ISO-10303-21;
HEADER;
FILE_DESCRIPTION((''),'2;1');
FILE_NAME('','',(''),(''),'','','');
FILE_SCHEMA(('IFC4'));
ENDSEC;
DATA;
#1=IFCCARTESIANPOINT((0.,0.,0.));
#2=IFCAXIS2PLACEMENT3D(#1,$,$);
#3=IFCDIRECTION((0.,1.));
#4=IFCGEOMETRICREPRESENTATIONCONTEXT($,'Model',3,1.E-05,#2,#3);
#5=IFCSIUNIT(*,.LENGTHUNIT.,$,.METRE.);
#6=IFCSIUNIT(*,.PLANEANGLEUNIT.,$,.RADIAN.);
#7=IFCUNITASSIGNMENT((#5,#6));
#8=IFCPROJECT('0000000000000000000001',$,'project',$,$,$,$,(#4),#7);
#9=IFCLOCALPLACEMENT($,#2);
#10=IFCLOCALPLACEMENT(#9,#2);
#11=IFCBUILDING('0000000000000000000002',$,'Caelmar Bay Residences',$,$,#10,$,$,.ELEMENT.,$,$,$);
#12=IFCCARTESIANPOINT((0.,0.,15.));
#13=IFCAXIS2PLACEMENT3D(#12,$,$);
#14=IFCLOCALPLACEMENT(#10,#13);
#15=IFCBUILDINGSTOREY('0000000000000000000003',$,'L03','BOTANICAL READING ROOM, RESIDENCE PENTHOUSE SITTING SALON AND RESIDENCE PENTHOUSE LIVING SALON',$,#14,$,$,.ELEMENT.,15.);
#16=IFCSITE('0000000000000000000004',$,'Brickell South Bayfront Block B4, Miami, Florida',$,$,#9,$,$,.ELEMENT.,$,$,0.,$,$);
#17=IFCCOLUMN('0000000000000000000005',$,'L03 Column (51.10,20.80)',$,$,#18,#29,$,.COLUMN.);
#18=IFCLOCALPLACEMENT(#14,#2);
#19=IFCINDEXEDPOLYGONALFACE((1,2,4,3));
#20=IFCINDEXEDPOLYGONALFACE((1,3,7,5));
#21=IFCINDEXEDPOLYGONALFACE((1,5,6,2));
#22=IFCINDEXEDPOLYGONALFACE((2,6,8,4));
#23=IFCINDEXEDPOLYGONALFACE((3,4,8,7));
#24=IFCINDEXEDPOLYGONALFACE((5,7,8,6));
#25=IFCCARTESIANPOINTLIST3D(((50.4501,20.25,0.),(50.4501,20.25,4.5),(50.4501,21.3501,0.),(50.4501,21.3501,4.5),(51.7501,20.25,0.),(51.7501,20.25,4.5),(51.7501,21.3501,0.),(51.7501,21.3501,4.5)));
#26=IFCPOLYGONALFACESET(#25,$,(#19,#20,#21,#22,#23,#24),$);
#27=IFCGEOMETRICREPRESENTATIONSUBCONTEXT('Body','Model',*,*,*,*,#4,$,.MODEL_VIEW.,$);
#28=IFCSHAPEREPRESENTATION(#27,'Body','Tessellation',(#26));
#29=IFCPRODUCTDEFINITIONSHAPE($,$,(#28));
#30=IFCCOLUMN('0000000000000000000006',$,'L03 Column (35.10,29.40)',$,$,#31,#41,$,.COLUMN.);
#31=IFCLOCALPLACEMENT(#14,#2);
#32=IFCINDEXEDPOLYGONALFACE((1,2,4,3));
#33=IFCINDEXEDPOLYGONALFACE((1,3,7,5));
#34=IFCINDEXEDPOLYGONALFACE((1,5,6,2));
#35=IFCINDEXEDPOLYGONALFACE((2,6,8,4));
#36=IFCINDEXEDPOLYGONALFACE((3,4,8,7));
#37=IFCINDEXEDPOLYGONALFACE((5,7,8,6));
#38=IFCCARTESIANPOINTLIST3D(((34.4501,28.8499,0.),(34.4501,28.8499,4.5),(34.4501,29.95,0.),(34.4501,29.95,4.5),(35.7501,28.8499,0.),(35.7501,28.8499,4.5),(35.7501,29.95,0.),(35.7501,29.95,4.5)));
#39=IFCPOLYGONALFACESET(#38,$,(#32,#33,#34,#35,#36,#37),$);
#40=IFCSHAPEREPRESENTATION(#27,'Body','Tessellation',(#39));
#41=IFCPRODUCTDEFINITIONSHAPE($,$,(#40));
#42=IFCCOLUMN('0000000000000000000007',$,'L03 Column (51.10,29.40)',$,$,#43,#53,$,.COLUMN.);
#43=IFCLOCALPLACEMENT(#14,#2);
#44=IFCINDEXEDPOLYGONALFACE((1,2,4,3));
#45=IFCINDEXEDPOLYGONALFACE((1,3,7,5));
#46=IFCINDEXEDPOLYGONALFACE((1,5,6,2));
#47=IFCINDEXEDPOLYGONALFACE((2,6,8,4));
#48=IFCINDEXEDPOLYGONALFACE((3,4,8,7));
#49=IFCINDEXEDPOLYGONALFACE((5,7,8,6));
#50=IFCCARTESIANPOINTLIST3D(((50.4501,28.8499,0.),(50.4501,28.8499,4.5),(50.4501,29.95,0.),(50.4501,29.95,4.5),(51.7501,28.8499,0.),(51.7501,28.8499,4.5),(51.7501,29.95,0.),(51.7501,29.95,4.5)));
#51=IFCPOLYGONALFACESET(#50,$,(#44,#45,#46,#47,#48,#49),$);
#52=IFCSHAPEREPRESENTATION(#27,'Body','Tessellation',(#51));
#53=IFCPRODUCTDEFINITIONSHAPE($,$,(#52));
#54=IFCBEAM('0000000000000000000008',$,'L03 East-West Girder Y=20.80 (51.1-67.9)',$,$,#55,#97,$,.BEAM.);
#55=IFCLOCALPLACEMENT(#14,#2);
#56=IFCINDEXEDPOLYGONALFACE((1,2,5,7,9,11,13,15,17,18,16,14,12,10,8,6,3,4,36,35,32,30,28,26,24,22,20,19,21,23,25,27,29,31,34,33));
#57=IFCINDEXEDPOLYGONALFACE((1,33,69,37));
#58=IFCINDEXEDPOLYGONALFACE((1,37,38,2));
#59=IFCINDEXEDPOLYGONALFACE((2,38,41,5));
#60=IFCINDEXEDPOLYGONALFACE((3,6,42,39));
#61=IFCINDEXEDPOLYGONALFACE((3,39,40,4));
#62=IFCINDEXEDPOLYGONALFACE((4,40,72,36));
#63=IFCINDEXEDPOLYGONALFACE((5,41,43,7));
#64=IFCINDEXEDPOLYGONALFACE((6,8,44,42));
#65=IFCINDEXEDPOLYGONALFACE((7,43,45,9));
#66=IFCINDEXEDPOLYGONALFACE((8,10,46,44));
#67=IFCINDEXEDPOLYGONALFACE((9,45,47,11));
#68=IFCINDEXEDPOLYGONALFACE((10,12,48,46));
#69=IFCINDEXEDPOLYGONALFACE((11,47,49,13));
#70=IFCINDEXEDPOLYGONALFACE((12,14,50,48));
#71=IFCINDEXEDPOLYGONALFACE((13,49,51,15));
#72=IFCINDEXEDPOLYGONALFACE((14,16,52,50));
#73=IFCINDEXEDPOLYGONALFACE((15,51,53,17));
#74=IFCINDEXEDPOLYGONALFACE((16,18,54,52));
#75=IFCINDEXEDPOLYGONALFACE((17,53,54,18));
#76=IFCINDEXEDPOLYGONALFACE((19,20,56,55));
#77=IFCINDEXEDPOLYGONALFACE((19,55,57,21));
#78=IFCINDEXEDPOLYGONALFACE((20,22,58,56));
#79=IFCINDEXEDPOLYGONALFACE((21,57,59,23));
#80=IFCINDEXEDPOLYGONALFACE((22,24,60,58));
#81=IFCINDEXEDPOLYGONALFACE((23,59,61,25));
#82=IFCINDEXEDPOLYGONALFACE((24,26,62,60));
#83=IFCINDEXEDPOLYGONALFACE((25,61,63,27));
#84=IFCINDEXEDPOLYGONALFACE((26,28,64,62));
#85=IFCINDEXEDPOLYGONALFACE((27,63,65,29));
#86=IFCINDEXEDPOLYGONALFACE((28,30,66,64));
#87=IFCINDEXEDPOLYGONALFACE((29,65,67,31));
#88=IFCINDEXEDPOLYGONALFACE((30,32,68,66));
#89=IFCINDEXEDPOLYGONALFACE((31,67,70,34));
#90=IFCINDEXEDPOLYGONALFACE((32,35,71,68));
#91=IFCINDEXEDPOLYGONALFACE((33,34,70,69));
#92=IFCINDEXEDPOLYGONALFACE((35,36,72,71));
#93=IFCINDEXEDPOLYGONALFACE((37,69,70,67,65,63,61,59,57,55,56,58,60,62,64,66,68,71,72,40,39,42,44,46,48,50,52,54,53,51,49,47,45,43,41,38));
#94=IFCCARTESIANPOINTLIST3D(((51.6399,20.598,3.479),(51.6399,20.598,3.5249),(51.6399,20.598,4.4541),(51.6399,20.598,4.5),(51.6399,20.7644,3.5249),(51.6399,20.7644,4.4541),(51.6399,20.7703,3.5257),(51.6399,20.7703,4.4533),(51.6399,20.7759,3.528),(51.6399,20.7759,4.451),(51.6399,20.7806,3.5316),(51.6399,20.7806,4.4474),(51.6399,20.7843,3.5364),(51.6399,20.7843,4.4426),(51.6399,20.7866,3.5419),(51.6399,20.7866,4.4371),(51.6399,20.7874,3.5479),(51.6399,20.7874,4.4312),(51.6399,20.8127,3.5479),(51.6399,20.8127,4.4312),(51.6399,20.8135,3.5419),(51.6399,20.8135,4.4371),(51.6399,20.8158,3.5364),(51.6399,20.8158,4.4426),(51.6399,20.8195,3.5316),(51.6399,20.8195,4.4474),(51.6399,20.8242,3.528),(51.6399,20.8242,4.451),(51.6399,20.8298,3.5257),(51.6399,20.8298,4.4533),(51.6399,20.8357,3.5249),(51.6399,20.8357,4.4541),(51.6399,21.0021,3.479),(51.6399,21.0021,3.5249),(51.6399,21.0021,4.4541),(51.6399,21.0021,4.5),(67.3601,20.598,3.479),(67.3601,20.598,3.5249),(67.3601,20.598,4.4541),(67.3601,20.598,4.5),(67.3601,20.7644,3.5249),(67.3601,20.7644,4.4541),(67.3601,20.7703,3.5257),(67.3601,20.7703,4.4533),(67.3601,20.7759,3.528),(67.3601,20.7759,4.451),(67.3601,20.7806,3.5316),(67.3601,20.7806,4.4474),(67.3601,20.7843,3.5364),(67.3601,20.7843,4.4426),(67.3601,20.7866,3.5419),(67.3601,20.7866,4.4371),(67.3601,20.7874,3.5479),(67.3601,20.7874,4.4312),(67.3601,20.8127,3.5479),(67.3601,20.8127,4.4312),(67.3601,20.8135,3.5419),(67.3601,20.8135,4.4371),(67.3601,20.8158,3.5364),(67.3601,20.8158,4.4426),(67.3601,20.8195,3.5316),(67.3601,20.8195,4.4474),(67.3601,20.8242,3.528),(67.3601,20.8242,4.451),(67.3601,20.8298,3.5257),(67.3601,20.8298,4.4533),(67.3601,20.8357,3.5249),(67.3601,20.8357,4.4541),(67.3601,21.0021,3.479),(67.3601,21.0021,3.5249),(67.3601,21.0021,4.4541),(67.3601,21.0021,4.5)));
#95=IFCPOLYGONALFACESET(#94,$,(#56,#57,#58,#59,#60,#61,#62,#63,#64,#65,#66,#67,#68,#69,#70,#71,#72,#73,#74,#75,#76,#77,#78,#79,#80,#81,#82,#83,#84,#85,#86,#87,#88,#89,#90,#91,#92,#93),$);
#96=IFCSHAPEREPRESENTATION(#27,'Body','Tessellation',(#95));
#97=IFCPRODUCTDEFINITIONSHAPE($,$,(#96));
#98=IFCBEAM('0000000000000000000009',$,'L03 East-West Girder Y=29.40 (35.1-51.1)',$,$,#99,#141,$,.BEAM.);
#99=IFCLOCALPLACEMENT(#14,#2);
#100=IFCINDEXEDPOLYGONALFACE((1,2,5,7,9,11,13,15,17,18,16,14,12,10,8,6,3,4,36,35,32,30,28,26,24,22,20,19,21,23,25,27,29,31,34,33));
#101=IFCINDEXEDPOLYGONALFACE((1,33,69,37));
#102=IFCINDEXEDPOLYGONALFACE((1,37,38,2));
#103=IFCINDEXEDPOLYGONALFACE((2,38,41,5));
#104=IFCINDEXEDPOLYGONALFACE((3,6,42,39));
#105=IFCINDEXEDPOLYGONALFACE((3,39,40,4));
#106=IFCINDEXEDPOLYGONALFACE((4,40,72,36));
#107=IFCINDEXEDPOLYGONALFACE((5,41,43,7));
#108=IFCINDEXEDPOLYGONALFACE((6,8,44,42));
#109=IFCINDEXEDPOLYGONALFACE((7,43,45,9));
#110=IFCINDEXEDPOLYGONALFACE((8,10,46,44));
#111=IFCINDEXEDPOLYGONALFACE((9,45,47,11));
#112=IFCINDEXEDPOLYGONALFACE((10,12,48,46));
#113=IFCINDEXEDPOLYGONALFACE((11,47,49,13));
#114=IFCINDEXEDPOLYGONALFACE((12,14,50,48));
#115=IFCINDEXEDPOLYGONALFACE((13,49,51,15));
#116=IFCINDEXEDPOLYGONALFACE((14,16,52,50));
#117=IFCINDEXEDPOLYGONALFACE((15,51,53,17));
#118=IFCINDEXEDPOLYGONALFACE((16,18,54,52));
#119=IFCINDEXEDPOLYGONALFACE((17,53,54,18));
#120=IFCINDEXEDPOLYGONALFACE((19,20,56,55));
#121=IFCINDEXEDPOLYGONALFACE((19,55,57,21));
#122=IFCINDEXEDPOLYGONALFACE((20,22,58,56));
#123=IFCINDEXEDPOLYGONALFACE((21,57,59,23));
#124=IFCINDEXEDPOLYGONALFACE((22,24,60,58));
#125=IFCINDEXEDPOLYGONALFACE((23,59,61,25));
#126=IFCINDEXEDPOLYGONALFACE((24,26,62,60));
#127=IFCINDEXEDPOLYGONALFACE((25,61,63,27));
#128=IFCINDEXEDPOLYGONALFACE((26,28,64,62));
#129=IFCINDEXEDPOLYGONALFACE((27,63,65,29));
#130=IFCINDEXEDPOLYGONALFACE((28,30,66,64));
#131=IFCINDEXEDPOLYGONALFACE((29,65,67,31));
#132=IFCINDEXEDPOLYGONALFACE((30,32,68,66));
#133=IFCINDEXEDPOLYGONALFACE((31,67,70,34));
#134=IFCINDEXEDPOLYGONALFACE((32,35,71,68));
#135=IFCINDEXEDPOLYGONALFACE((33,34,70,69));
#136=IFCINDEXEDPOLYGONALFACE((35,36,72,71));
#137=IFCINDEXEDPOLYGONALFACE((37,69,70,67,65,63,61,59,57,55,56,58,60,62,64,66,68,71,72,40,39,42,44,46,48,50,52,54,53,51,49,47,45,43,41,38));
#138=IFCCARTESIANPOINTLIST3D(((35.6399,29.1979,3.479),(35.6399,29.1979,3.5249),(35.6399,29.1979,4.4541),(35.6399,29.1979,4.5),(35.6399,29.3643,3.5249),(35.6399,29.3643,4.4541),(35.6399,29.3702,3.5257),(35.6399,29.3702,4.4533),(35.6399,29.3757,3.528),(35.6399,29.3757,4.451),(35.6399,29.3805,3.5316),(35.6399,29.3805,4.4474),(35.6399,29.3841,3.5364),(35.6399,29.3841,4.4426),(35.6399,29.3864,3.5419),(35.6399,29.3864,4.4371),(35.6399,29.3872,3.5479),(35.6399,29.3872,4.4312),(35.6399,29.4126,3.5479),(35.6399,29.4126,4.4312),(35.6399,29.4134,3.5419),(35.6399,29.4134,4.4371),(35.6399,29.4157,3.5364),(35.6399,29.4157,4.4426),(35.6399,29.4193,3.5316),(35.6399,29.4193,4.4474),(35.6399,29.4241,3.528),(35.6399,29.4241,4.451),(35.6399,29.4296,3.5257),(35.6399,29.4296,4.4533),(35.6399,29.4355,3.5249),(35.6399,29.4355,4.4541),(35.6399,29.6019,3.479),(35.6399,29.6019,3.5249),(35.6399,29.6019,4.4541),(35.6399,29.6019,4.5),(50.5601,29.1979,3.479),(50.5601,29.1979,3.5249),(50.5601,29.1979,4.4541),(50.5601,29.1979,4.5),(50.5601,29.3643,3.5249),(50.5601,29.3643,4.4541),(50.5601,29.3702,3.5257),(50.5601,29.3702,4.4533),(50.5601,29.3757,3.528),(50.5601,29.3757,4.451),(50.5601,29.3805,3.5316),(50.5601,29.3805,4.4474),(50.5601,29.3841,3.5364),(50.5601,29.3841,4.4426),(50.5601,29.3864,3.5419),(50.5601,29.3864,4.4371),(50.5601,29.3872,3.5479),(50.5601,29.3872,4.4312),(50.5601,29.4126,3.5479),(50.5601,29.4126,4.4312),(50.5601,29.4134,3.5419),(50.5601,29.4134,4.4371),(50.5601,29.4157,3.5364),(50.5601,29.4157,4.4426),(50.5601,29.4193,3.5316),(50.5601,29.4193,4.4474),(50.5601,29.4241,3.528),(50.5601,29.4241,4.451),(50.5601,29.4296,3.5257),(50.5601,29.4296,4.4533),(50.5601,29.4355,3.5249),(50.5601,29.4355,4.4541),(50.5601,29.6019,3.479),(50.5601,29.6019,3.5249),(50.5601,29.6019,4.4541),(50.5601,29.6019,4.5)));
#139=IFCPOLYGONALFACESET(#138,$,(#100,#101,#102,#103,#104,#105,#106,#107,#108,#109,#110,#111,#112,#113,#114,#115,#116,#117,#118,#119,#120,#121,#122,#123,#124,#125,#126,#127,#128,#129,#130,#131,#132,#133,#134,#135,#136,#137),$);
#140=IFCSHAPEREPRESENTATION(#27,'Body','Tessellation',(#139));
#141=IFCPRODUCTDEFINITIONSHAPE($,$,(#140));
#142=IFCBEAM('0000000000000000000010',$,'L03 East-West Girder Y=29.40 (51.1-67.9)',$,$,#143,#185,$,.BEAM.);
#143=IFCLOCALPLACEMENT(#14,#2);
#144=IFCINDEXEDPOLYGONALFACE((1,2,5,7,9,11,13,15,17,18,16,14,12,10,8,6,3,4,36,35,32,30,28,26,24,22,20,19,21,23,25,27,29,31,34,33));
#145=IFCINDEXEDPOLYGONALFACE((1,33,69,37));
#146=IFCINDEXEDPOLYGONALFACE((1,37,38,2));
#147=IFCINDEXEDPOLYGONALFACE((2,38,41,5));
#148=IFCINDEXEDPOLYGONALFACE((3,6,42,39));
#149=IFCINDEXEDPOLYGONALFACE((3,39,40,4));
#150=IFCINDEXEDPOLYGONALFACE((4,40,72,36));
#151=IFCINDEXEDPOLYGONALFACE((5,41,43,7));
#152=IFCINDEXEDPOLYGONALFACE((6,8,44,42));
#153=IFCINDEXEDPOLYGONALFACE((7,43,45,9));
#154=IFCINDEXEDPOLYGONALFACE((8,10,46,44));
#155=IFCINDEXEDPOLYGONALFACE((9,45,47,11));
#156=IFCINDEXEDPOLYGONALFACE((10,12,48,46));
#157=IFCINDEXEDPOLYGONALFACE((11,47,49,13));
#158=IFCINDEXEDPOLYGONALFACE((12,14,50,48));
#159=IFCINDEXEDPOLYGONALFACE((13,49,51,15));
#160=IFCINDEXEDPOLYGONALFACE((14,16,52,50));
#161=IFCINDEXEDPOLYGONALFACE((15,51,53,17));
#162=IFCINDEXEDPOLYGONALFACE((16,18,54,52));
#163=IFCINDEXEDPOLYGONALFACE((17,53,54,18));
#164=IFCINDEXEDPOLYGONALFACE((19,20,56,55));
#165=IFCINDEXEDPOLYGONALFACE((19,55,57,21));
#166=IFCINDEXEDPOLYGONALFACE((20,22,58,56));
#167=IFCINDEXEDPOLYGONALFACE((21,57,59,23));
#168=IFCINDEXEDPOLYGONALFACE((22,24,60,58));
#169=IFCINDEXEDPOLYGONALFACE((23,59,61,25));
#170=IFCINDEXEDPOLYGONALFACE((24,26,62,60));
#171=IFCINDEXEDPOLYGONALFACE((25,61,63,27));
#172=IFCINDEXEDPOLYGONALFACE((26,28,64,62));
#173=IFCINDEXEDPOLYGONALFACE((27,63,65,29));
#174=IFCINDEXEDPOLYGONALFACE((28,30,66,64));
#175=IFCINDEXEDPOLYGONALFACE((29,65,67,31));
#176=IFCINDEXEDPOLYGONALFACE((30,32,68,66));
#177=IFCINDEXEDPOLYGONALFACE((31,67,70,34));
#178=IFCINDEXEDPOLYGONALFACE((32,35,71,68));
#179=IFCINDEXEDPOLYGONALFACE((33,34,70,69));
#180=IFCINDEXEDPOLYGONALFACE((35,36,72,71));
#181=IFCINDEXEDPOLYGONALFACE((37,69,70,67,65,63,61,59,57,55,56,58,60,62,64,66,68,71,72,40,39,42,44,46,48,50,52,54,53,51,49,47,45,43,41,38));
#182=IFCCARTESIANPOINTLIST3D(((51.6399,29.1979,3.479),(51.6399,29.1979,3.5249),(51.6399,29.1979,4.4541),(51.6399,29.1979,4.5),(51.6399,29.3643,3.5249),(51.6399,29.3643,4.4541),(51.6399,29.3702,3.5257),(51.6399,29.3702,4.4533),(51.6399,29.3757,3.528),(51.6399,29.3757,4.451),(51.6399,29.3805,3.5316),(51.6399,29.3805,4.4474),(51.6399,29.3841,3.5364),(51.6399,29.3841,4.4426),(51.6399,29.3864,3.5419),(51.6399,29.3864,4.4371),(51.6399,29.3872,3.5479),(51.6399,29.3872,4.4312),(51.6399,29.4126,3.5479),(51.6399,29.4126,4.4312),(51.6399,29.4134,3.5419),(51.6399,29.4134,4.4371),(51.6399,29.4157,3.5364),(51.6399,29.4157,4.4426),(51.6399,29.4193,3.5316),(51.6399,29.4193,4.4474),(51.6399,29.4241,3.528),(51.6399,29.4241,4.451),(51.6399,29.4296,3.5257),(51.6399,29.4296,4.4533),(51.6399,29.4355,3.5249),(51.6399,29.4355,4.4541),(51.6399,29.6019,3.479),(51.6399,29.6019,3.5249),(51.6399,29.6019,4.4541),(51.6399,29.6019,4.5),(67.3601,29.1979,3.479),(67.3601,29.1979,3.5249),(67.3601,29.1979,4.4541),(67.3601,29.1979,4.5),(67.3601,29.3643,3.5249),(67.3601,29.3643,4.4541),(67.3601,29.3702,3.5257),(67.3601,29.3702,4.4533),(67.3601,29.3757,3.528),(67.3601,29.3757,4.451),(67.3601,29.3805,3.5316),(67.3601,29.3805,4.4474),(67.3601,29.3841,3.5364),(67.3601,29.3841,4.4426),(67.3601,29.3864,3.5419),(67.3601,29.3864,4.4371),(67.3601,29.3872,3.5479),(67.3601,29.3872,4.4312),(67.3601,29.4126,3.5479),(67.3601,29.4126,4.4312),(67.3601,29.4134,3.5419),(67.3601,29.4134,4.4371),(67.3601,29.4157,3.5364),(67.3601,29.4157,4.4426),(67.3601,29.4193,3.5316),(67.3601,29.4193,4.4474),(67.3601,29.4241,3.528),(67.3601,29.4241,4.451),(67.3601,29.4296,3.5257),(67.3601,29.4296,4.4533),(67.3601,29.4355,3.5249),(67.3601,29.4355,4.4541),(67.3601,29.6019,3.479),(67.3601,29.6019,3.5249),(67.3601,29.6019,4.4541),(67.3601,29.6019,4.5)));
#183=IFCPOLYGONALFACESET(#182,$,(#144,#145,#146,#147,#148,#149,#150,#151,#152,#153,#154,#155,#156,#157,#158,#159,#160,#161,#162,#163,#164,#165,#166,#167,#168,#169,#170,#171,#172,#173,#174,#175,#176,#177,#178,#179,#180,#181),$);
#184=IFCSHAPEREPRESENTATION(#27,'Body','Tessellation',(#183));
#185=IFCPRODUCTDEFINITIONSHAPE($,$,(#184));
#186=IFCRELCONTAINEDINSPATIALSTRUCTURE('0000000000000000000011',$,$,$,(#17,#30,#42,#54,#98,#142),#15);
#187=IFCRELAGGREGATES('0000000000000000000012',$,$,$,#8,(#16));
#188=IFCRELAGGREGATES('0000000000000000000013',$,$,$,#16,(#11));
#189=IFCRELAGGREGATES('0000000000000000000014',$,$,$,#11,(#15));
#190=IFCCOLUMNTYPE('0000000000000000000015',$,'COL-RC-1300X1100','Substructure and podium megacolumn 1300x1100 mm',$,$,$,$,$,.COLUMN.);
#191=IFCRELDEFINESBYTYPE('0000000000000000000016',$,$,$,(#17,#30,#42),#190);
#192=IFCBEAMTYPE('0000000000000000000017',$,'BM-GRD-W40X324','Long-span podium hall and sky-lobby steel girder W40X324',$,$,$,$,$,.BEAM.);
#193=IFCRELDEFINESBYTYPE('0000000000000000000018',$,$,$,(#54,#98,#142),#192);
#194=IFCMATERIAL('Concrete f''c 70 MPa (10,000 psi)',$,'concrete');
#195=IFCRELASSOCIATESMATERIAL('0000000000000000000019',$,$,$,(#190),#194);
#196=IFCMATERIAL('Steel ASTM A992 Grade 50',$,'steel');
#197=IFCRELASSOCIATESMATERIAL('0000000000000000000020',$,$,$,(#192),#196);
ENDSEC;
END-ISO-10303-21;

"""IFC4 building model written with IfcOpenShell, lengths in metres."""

from ifc_helpers import new_model, si_unit, direction, frame, origin, origin_2d, place, context, subcontext, project, spatial, rectangle, i_section, extrude, material, material_profile, profile_set, type_object, element, save


model = new_model("IFC4")

# Units and contexts
model_context = context("Model", 3, precision=1e-05, world=origin(), true_north=direction((0.0, 1.0)))
body_context = subcontext(model_context, "Body", "Model", "MODEL_VIEW")
ifc_project = project(units=[si_unit("LENGTHUNIT", "METRE"), si_unit("PLANEANGLEUNIT", "RADIAN")], contexts=[model_context])

# Site, building, storey
site_placement = place(None, origin())
site = spatial("IfcSite", under=ifc_project, at=site_placement, Name="Brickell South Bayfront Block B4, Miami, Florida", CompositionType="ELEMENT", RefElevation=0.0)
building_placement = place(site_placement, origin())
building = spatial("IfcBuilding", under=site, at=building_placement, Name="Caelmar Bay Residences", CompositionType="ELEMENT")
storey_placement = place(building_placement, frame((0.0, 0.0, 15.0)))
storey = spatial("IfcBuildingStorey", under=building, at=storey_placement, Name="L03", Description="BOTANICAL READING ROOM, RESIDENCE PENTHOUSE SITTING SALON AND RESIDENCE PENTHOUSE LIVING SALON", CompositionType="ELEMENT", Elevation=15.0)

# Columns
ifc_material_1 = material(Name="Concrete f'c 70 MPa (10,000 psi)", Category="concrete")
ifc_material_profile_1 = material_profile(ifc_material_1, rectangle(XDim=1.3, YDim=1.1001, at=origin_2d()), Name="RC-COL-1300X1100")
ifc_profile_set_1 = profile_set([ifc_material_profile_1], Name="Concrete f'c 70 MPa (10,000 psi)")
column_type = type_object("IfcColumnType", Name="COL-RC-1300X1100", Description="Substructure and podium megacolumn 1300x1100 mm", PredefinedType="COLUMN", material=ifc_profile_set_1)
for number, where, z_axis, x_axis, name in (
    (1, (51.1001, 20.8, 0.0), (0.0, 0.0, 1.0), (1.0, 0.0, 0.0), "L03 Column (51.10,20.80)"),
    (2, (35.1001, 29.3999, 0.0), (0.0, 0.0, 1.0), (1.0, 0.0, 0.0), "L03 Column (35.10,29.40)"),
    (3, (51.1001, 29.3999, 0.0), (0.0, 0.0, 1.0), (1.0, 0.0, 0.0), "L03 Column (51.10,29.40)"),
):
    element("IfcColumn", number, at=place(storey_placement, frame(where, z_axis=z_axis, x_axis=x_axis)), inside=storey, type_object=column_type, Name=name, PredefinedType="COLUMN", context=body_context, shape_type="SweptSolid", body=[
        extrude(rectangle(XDim=1.3, YDim=1.1001, at=origin_2d()), origin(), (0.0, 0.0, 1.0), 4.5),
    ])

# Beams
ifc_material_2 = material(Name="Steel ASTM A992 Grade 50", Category="steel")
ifc_material_profile_2 = material_profile(ifc_material_2, i_section(OverallWidth=0.4041, OverallDepth=1.021, WebThickness=0.0254, FlangeThickness=0.0459, FilletRadius=0.0229, at=origin_2d()), Name="W40X324")
ifc_profile_set_2 = profile_set([ifc_material_profile_2], Name="Steel ASTM A992 Grade 50")
beam_type_1 = type_object("IfcBeamType", Name="BM-GRD-W40X324", Description="Long-span podium hall and sky-lobby steel girder W40X324", PredefinedType="BEAM", material=ifc_profile_set_2)
beam_1_placement = place(storey_placement, frame((51.6399, 20.8, 3.9895), z_axis=(1.0, 0.0, 0.0), x_axis=(0.0, 1.0, 0.0)))
element("IfcBeam", 4, at=beam_1_placement, inside=storey, type_object=beam_type_1, Name="L03 East-West Girder Y=20.80 (51.1-67.9)", PredefinedType="BEAM", context=body_context, shape_type="SweptSolid", body=[
    extrude(i_section(OverallWidth=0.4041, OverallDepth=1.021, WebThickness=0.0254, FlangeThickness=0.0459, FilletRadius=0.0229, at=origin_2d()), origin(), (0.0, 0.0, 1.0), 15.7202),
])
beam_2_placement = place(storey_placement, frame((35.6399, 29.3999, 3.9895), z_axis=(1.0, 0.0, 0.0), x_axis=(0.0, 1.0, 0.0)))
element("IfcBeam", 5, at=beam_2_placement, inside=storey, type_object=beam_type_1, Name="L03 East-West Girder Y=29.40 (35.1-51.1)", PredefinedType="BEAM", context=body_context, shape_type="SweptSolid", body=[
    extrude(i_section(OverallWidth=0.4041, OverallDepth=1.021, WebThickness=0.0254, FlangeThickness=0.0459, FilletRadius=0.0229, at=origin_2d()), origin(), (0.0, 0.0, 1.0), 14.9202),
])
beam_3_placement = place(storey_placement, frame((51.6399, 29.3999, 3.9895), z_axis=(1.0, 0.0, 0.0), x_axis=(0.0, 1.0, 0.0)))
element("IfcBeam", 6, at=beam_3_placement, inside=storey, type_object=beam_type_1, Name="L03 East-West Girder Y=29.40 (51.1-67.9)", PredefinedType="BEAM", context=body_context, shape_type="SweptSolid", body=[
    extrude(i_section(OverallWidth=0.4041, OverallDepth=1.021, WebThickness=0.0254, FlangeThickness=0.0459, FilletRadius=0.0229, at=origin_2d()), origin(), (0.0, 0.0, 1.0), 15.7202),
])

save(model, "model.ifc")
